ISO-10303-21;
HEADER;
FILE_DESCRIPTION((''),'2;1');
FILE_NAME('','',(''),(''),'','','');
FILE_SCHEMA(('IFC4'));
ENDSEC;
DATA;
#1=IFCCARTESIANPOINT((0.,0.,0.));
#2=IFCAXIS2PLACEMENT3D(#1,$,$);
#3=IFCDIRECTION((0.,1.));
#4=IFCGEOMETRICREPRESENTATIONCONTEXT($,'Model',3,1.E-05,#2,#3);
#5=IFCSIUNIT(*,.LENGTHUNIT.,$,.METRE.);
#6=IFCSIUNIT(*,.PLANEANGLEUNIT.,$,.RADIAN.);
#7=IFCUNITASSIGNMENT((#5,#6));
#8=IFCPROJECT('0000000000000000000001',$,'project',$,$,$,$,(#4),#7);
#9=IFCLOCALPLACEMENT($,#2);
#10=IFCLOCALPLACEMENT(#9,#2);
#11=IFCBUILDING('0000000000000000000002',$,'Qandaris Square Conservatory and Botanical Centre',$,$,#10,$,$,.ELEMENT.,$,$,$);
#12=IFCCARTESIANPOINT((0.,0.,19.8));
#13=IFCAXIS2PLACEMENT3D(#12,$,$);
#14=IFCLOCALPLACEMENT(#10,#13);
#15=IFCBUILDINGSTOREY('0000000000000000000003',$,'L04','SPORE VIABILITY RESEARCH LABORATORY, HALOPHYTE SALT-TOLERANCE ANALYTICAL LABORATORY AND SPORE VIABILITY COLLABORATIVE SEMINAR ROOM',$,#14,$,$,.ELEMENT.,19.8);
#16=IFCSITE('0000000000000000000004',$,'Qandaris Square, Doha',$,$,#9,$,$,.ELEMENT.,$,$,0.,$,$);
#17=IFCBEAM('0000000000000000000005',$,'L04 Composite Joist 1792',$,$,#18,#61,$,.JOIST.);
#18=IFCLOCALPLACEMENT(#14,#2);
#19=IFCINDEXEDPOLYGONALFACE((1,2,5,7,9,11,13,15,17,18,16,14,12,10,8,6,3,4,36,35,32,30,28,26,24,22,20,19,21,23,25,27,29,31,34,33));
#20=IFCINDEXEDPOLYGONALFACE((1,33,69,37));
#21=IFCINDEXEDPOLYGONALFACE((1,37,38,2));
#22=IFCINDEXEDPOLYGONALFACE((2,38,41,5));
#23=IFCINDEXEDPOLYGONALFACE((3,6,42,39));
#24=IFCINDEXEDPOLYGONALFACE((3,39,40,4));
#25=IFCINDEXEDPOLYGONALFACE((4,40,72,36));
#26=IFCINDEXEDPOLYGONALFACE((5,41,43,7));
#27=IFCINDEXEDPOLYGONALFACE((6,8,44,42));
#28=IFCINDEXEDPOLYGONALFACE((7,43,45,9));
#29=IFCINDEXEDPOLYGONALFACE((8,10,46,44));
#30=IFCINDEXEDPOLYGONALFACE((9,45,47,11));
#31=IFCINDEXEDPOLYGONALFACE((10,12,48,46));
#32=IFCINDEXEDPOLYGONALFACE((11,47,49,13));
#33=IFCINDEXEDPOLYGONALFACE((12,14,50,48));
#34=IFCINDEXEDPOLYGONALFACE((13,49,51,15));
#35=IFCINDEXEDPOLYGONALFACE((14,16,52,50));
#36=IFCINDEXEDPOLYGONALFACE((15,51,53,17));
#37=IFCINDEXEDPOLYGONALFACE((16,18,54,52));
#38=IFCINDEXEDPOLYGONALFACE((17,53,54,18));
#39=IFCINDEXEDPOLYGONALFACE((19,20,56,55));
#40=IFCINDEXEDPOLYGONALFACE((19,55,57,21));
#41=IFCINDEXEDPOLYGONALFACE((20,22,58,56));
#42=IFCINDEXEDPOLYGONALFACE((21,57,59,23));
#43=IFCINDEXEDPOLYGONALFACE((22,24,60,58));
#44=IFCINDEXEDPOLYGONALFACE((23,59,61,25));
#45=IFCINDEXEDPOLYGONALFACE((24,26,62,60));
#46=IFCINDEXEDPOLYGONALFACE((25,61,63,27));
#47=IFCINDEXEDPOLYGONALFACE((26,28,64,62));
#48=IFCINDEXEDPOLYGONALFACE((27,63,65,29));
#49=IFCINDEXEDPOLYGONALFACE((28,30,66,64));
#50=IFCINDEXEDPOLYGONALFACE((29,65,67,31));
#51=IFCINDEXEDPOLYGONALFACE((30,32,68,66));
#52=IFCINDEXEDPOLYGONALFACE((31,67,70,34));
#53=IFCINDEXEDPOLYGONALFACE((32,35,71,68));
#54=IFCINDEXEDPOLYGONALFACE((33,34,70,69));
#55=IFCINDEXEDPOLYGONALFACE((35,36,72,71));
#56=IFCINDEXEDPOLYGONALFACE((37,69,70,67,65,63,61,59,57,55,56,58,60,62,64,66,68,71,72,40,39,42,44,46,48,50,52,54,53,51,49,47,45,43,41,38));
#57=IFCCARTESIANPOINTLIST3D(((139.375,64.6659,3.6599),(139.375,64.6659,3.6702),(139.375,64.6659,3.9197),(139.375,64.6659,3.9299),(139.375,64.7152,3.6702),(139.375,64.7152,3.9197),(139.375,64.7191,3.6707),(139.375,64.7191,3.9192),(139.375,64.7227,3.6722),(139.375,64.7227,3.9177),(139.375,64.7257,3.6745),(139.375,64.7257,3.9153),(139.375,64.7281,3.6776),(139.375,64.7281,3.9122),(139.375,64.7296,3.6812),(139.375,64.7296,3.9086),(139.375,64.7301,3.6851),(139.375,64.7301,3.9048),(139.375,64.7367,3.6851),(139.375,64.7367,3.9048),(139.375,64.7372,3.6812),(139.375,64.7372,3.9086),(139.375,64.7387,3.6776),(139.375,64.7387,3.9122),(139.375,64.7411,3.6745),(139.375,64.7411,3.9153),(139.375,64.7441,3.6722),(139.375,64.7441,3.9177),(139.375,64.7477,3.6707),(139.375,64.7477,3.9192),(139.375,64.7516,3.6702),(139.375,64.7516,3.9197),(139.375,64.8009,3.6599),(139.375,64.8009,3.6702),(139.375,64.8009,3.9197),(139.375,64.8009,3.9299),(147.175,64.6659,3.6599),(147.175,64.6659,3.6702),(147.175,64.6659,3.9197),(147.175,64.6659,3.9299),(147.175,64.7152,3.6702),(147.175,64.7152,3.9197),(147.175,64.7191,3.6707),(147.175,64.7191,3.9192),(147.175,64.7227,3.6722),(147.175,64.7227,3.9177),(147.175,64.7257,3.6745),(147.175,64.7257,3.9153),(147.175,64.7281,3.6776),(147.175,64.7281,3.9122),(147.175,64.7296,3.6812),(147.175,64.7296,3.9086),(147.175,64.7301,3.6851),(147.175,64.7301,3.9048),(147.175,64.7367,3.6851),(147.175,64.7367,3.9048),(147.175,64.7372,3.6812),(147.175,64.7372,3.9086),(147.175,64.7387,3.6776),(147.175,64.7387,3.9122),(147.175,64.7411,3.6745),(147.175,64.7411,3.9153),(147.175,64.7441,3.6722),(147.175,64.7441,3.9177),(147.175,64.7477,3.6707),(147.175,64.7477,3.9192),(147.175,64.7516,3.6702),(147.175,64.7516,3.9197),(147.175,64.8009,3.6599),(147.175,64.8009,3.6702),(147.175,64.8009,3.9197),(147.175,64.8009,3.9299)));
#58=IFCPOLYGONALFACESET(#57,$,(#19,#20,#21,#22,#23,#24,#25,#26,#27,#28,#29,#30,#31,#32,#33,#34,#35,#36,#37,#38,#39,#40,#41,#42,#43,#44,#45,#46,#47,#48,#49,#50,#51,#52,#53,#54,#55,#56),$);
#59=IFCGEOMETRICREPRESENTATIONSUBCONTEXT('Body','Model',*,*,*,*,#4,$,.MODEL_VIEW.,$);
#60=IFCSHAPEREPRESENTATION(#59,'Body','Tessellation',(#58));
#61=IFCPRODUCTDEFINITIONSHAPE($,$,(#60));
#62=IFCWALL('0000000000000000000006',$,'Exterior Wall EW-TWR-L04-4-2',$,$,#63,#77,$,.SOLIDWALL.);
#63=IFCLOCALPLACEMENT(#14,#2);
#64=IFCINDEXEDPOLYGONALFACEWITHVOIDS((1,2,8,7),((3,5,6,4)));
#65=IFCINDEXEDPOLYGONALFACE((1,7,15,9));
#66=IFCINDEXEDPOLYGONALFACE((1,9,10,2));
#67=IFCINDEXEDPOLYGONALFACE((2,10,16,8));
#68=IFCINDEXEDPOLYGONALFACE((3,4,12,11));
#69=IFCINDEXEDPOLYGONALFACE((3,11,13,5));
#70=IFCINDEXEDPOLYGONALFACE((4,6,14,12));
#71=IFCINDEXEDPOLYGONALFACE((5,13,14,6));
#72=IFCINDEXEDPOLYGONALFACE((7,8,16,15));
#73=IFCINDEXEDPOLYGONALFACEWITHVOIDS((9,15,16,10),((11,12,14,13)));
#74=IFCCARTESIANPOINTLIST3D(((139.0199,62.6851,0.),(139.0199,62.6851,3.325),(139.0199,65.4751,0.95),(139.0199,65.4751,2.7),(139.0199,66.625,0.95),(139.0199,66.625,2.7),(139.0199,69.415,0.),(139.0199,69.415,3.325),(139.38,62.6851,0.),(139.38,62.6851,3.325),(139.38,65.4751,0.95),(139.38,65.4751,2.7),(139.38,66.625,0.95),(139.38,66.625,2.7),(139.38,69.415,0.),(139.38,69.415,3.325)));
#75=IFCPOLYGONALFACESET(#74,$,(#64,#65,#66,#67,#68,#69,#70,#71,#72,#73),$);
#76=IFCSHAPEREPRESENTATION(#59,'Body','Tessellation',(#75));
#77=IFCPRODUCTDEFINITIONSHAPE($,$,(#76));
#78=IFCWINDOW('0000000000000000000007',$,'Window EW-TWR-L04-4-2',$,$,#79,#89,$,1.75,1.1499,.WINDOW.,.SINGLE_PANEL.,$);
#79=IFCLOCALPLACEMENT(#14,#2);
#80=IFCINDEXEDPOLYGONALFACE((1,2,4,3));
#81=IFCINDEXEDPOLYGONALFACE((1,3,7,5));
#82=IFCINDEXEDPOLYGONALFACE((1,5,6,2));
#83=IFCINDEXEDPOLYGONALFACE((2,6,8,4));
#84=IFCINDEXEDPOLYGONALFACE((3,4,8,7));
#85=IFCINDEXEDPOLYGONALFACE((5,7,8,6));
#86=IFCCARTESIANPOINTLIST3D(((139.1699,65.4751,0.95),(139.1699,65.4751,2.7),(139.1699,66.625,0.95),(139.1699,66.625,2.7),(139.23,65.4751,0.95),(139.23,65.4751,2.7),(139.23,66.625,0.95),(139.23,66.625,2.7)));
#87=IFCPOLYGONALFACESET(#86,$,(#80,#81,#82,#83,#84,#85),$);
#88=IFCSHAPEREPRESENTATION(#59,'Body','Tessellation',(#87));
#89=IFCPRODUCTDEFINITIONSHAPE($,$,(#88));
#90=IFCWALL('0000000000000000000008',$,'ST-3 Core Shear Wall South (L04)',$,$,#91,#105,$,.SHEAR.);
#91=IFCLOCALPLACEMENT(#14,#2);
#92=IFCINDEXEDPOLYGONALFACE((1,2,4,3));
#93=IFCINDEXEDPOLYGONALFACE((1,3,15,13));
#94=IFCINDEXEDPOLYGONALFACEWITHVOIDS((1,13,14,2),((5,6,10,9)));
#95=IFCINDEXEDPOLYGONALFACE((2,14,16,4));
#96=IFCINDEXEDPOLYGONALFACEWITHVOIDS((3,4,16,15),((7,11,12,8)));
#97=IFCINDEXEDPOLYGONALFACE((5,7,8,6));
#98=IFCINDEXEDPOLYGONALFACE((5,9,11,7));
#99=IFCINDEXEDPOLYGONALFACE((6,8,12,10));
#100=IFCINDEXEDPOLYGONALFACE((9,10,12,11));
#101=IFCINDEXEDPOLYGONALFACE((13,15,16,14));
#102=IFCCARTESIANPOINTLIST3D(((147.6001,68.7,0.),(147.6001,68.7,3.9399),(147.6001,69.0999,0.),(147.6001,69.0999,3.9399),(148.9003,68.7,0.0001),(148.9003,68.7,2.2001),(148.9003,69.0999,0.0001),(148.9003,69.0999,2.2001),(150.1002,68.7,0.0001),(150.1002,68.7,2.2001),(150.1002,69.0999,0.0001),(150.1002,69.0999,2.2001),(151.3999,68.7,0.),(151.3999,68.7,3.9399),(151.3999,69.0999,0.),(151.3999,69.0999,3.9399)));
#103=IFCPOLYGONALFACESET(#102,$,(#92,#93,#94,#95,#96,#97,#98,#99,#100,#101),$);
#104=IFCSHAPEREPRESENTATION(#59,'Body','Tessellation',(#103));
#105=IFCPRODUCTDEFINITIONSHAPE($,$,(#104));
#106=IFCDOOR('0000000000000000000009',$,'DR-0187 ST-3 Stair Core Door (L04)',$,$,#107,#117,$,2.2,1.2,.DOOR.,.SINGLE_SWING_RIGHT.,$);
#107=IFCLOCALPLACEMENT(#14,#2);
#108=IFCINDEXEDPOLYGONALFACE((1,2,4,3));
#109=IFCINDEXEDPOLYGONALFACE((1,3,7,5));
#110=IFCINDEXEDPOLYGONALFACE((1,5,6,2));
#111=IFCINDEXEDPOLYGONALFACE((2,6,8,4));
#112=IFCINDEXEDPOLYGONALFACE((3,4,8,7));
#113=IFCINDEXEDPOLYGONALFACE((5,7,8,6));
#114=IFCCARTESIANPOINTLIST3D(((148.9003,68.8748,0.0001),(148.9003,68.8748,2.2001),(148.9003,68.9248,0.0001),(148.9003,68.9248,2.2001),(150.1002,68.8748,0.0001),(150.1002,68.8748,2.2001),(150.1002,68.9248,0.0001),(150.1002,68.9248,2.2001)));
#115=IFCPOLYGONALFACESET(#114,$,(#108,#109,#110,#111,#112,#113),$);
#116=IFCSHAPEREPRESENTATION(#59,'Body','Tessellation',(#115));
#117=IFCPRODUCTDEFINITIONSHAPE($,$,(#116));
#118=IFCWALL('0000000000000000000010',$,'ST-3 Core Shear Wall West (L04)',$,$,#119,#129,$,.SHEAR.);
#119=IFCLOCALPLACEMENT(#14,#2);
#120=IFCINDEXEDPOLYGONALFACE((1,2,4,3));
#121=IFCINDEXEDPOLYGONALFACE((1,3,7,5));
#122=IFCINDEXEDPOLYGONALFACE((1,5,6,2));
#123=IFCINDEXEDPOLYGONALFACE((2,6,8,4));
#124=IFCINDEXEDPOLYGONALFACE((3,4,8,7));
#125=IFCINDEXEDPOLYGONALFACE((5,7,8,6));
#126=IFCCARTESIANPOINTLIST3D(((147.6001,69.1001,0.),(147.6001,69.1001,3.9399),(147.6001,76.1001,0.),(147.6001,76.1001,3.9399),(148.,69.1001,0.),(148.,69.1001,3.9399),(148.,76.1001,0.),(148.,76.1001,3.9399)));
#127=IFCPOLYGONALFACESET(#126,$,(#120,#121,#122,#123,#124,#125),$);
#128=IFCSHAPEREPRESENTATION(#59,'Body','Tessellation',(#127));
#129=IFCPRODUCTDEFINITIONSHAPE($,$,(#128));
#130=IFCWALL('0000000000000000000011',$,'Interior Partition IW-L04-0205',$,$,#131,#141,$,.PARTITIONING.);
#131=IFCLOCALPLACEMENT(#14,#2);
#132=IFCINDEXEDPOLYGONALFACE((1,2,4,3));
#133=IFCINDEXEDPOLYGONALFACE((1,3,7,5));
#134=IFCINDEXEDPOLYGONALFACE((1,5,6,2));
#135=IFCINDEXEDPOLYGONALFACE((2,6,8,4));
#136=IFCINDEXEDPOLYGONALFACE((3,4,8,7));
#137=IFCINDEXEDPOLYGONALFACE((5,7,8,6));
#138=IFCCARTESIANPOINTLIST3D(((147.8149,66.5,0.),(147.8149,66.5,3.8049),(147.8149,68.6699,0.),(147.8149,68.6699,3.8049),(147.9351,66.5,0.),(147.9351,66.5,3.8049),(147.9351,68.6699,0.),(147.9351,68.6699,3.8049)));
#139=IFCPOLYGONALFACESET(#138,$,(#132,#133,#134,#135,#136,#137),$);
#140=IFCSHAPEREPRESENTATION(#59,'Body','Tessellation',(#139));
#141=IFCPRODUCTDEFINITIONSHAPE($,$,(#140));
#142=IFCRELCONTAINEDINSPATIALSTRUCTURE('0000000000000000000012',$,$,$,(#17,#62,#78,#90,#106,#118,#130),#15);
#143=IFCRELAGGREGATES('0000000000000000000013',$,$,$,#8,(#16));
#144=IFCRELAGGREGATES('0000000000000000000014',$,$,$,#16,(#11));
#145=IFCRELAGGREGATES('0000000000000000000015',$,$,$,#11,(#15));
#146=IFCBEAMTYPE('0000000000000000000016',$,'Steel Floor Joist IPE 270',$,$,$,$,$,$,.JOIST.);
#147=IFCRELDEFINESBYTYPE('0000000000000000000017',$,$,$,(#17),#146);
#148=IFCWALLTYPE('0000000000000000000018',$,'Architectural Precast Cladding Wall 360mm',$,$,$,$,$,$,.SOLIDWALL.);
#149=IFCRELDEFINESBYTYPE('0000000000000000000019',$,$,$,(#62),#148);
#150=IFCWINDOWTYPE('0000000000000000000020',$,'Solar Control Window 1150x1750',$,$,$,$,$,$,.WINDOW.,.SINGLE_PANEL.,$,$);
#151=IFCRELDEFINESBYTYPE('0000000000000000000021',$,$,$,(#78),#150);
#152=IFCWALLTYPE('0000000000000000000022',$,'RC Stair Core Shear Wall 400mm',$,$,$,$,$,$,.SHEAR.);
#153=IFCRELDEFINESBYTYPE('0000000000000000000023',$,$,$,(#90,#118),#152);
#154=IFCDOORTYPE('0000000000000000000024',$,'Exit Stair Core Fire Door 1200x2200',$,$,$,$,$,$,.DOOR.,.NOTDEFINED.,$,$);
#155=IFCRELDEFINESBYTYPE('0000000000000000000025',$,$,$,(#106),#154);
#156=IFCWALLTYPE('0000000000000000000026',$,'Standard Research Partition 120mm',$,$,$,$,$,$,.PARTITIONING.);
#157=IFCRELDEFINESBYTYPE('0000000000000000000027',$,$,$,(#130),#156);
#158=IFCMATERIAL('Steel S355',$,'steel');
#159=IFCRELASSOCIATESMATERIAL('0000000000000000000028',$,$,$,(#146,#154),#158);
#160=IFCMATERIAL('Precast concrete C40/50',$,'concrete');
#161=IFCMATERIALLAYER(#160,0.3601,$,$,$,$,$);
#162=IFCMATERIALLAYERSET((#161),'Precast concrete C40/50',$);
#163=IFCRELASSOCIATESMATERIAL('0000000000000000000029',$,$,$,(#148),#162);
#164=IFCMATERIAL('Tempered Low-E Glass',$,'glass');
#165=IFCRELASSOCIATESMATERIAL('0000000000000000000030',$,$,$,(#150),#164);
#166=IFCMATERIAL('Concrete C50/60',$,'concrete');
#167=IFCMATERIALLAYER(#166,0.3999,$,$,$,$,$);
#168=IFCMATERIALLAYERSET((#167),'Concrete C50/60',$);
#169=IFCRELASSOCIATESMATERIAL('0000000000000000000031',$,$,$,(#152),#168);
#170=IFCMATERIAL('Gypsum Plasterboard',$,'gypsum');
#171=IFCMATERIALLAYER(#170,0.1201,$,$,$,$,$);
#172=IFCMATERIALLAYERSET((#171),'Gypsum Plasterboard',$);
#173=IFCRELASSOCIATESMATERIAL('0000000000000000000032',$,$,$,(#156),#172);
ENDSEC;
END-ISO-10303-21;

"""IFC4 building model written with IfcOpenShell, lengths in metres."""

from ifc_helpers import new_model, si_unit, direction, frame, frame_2d, origin, origin_2d, place, context, subcontext, project, spatial, rectangle, i_section, extrude, material, layer, layer_set, material_profile, profile_set, type_object, element, fill, save


model = new_model("IFC4")

# Units and contexts
model_context = context("Model", 3, precision=1e-05, world=origin(), true_north=direction((0.0, 1.0)))
body_context = subcontext(model_context, "Body", "Model", "MODEL_VIEW")
ifc_project = project(units=[si_unit("LENGTHUNIT", "METRE"), si_unit("PLANEANGLEUNIT", "RADIAN")], contexts=[model_context])

# Site, building, storey
site_placement = place(None, origin())
site = spatial("IfcSite", under=ifc_project, at=site_placement, Name="Qandaris Square, Doha", CompositionType="ELEMENT", RefElevation=0.0)
building_placement = place(site_placement, origin())
building = spatial("IfcBuilding", under=site, at=building_placement, Name="Qandaris Square Conservatory and Botanical Centre", CompositionType="ELEMENT")
storey_placement = place(building_placement, frame((0.0, 0.0, 19.8)))
storey = spatial("IfcBuildingStorey", under=building, at=storey_placement, Name="L04", Description="SPORE VIABILITY RESEARCH LABORATORY, HALOPHYTE SALT-TOLERANCE ANALYTICAL LABORATORY AND SPORE VIABILITY COLLABORATIVE SEMINAR ROOM", CompositionType="ELEMENT", Elevation=19.8)

# Shared definitions
ifc_material_1 = material(Name="Concrete C50/60", Category="concrete")

# Beam
ifc_material_2 = material(Name="Steel S355", Category="steel")
ifc_material_profile_1 = material_profile(ifc_material_2, i_section(OverallWidth=0.135, OverallDepth=0.27, WebThickness=0.0066, FlangeThickness=0.0103, FilletRadius=0.0149, at=origin_2d()), Name="IPE 270")
ifc_profile_set_1 = profile_set([ifc_material_profile_1], Name="Steel S355")
beam_type_1 = type_object("IfcBeamType", Name="Steel Floor Joist IPE 270", PredefinedType="JOIST", material=ifc_profile_set_1)
beam_1_placement = place(storey_placement, frame((139.375, 64.7334, 3.7949), z_axis=(1.0, 0.0, 0.0), x_axis=(0.0, 1.0, 0.0)))
element("IfcBeam", 1, at=beam_1_placement, inside=storey, type_object=beam_type_1, Name="L04 Composite Joist 1792", PredefinedType="JOIST", context=body_context, shape_type="SweptSolid", body=[
    extrude(i_section(OverallWidth=0.135, OverallDepth=0.27, WebThickness=0.0066, FlangeThickness=0.0103, FilletRadius=0.0149, at=origin_2d()), origin(), (0.0, 0.0, 1.0), 7.8),
])

# Wall, opening, window
ifc_material_3 = material(Name="Precast concrete C40/50", Category="concrete")
ifc_layer_1 = layer(ifc_material_3, 0.3601)
ifc_layer_set_1 = layer_set([ifc_layer_1], Name="Precast concrete C40/50")
wall_type_1 = type_object("IfcWallType", Name="Architectural Precast Cladding Wall 360mm", PredefinedType="SOLIDWALL", material=ifc_layer_set_1)
wall_1_placement = place(storey_placement, frame((139.2, 69.415, 0.0), z_axis=(0.0, 0.0, 1.0), x_axis=(0.0, -1.0, 0.0)))
wall_1 = element("IfcWall", 2, at=wall_1_placement, inside=storey, type_object=wall_type_1, Name="Exterior Wall EW-TWR-L04-4-2", PredefinedType="SOLIDWALL", context=body_context, shape_type="SweptSolid", body=[
    extrude(rectangle(XDim=6.73, YDim=0.3601, at=frame_2d((3.365, 0.0))), origin(), (0.0, 0.0, 1.0), 3.325),
])
opening_1_placement = place(wall_1_placement, frame((2.79, 0.0, 0.95)))
opening_1 = element("IfcOpeningElement", 3, at=opening_1_placement, cuts=wall_1, PredefinedType="OPENING", context=body_context, shape_type="SweptSolid", body=[
    extrude(rectangle(XDim=1.1499, YDim=1.75, at=frame_2d((0.575, 0.875))), frame((0.0, 0.1919, 0.0), z_axis=(0.0, -1.0, 0.0), x_axis=(1.0, 0.0, 0.0)), (0.0, 0.0, 1.0), 0.384),
])
ifc_material_4 = material(Name="Tempered Low-E Glass", Category="glass")
window_type = type_object("IfcWindowType", Name="Solar Control Window 1150x1750", PartitioningType="SINGLE_PANEL", PredefinedType="WINDOW", material=ifc_material_4)
window_placement = place(opening_1_placement, origin())
window = element("IfcWindow", 4, at=window_placement, inside=storey, type_object=window_type, Name="Window EW-TWR-L04-4-2", OverallHeight=1.75, OverallWidth=1.1499, PartitioningType="SINGLE_PANEL", PredefinedType="WINDOW", context=body_context, shape_type="SweptSolid", body=[
    extrude(rectangle(XDim=1.1499, YDim=1.75, at=frame_2d((0.575, 0.875))), frame((0.0, 0.03, 0.0), z_axis=(0.0, -1.0, 0.0), x_axis=(1.0, 0.0, 0.0)), (0.0, 0.0, 1.0), 0.0601),
])
fill(opening_1, window)

# Wall, opening, door
ifc_layer_2 = layer(ifc_material_1, 0.3999)
ifc_layer_set_2 = layer_set([ifc_layer_2], Name="Concrete C50/60")
wall_type_2 = type_object("IfcWallType", Name="RC Stair Core Shear Wall 400mm", PredefinedType="SHEAR", material=ifc_layer_set_2)
wall_2_placement = place(storey_placement, frame((147.6001, 68.8999, 0.0), z_axis=(0.0, 0.0, 1.0), x_axis=(1.0, 0.0, 0.0)))
wall_2 = element("IfcWall", 5, at=wall_2_placement, inside=storey, type_object=wall_type_2, Name="ST-3 Core Shear Wall South (L04)", PredefinedType="SHEAR", context=body_context, shape_type="SweptSolid", body=[
    extrude(rectangle(XDim=3.7998, YDim=0.3999, at=frame_2d((1.8999, 0.0))), origin(), (0.0, 0.0, 1.0), 3.9399),
])
opening_2_placement = place(wall_2_placement, frame((1.3, 0.0, 0.0)))
opening_2 = element("IfcOpeningElement", 6, at=opening_2_placement, cuts=wall_2, PredefinedType="OPENING", context=body_context, shape_type="SweptSolid", body=[
    extrude(rectangle(XDim=1.2, YDim=2.2, at=frame_2d((0.6001, 1.1001))), frame((0.0, 0.2119, 0.0), z_axis=(0.0, -1.0, 0.0), x_axis=(1.0, 0.0, 0.0)), (0.0, 0.0, 1.0), 0.4238),
])
door_type = type_object("IfcDoorType", Name="Exit Stair Core Fire Door 1200x2200", OperationType="NOTDEFINED", PredefinedType="DOOR", material=ifc_material_2)
door_placement = place(opening_2_placement, origin())
door = element("IfcDoor", 7, at=door_placement, inside=storey, type_object=door_type, Name="DR-0187 ST-3 Stair Core Door (L04)", OperationType="SINGLE_SWING_RIGHT", OverallHeight=2.2, OverallWidth=1.2, PredefinedType="DOOR", context=body_context, shape_type="SweptSolid", body=[
    extrude(rectangle(XDim=1.2, YDim=2.2, at=frame_2d((0.6001, 1.1001))), frame((0.0, 0.0249, 0.0), z_axis=(0.0, -1.0, 0.0), x_axis=(1.0, 0.0, 0.0)), (0.0, 0.0, 1.0), 0.05),
])
fill(opening_2, door)

# Walls
wall_3_placement = place(storey_placement, frame((147.8, 69.1001, 0.0), z_axis=(0.0, 0.0, 1.0), x_axis=(0.0, 1.0, 0.0)))
element("IfcWall", 8, at=wall_3_placement, inside=storey, type_object=wall_type_2, Name="ST-3 Core Shear Wall West (L04)", PredefinedType="SHEAR", context=body_context, shape_type="SweptSolid", body=[
    extrude(rectangle(XDim=7.0, YDim=0.3999, at=frame_2d((3.5, 0.0))), origin(), (0.0, 0.0, 1.0), 3.9399),
])
ifc_material_5 = material(Name="Gypsum Plasterboard", Category="gypsum")
ifc_layer_3 = layer(ifc_material_5, 0.1201)
ifc_layer_set_3 = layer_set([ifc_layer_3], Name="Gypsum Plasterboard")
wall_type_3 = type_object("IfcWallType", Name="Standard Research Partition 120mm", PredefinedType="PARTITIONING", material=ifc_layer_set_3)
wall_4_placement = place(storey_placement, frame((147.875, 66.5, 0.0), z_axis=(0.0, 0.0, 1.0), x_axis=(0.0, 1.0, 0.0)))
element("IfcWall", 9, at=wall_4_placement, inside=storey, type_object=wall_type_3, Name="Interior Partition IW-L04-0205", PredefinedType="PARTITIONING", context=body_context, shape_type="SweptSolid", body=[
    extrude(rectangle(XDim=2.1699, YDim=0.1201, at=frame_2d((1.085, 0.0))), origin(), (0.0, 0.0, 1.0), 3.8049),
])

save(model, "model.ifc")
